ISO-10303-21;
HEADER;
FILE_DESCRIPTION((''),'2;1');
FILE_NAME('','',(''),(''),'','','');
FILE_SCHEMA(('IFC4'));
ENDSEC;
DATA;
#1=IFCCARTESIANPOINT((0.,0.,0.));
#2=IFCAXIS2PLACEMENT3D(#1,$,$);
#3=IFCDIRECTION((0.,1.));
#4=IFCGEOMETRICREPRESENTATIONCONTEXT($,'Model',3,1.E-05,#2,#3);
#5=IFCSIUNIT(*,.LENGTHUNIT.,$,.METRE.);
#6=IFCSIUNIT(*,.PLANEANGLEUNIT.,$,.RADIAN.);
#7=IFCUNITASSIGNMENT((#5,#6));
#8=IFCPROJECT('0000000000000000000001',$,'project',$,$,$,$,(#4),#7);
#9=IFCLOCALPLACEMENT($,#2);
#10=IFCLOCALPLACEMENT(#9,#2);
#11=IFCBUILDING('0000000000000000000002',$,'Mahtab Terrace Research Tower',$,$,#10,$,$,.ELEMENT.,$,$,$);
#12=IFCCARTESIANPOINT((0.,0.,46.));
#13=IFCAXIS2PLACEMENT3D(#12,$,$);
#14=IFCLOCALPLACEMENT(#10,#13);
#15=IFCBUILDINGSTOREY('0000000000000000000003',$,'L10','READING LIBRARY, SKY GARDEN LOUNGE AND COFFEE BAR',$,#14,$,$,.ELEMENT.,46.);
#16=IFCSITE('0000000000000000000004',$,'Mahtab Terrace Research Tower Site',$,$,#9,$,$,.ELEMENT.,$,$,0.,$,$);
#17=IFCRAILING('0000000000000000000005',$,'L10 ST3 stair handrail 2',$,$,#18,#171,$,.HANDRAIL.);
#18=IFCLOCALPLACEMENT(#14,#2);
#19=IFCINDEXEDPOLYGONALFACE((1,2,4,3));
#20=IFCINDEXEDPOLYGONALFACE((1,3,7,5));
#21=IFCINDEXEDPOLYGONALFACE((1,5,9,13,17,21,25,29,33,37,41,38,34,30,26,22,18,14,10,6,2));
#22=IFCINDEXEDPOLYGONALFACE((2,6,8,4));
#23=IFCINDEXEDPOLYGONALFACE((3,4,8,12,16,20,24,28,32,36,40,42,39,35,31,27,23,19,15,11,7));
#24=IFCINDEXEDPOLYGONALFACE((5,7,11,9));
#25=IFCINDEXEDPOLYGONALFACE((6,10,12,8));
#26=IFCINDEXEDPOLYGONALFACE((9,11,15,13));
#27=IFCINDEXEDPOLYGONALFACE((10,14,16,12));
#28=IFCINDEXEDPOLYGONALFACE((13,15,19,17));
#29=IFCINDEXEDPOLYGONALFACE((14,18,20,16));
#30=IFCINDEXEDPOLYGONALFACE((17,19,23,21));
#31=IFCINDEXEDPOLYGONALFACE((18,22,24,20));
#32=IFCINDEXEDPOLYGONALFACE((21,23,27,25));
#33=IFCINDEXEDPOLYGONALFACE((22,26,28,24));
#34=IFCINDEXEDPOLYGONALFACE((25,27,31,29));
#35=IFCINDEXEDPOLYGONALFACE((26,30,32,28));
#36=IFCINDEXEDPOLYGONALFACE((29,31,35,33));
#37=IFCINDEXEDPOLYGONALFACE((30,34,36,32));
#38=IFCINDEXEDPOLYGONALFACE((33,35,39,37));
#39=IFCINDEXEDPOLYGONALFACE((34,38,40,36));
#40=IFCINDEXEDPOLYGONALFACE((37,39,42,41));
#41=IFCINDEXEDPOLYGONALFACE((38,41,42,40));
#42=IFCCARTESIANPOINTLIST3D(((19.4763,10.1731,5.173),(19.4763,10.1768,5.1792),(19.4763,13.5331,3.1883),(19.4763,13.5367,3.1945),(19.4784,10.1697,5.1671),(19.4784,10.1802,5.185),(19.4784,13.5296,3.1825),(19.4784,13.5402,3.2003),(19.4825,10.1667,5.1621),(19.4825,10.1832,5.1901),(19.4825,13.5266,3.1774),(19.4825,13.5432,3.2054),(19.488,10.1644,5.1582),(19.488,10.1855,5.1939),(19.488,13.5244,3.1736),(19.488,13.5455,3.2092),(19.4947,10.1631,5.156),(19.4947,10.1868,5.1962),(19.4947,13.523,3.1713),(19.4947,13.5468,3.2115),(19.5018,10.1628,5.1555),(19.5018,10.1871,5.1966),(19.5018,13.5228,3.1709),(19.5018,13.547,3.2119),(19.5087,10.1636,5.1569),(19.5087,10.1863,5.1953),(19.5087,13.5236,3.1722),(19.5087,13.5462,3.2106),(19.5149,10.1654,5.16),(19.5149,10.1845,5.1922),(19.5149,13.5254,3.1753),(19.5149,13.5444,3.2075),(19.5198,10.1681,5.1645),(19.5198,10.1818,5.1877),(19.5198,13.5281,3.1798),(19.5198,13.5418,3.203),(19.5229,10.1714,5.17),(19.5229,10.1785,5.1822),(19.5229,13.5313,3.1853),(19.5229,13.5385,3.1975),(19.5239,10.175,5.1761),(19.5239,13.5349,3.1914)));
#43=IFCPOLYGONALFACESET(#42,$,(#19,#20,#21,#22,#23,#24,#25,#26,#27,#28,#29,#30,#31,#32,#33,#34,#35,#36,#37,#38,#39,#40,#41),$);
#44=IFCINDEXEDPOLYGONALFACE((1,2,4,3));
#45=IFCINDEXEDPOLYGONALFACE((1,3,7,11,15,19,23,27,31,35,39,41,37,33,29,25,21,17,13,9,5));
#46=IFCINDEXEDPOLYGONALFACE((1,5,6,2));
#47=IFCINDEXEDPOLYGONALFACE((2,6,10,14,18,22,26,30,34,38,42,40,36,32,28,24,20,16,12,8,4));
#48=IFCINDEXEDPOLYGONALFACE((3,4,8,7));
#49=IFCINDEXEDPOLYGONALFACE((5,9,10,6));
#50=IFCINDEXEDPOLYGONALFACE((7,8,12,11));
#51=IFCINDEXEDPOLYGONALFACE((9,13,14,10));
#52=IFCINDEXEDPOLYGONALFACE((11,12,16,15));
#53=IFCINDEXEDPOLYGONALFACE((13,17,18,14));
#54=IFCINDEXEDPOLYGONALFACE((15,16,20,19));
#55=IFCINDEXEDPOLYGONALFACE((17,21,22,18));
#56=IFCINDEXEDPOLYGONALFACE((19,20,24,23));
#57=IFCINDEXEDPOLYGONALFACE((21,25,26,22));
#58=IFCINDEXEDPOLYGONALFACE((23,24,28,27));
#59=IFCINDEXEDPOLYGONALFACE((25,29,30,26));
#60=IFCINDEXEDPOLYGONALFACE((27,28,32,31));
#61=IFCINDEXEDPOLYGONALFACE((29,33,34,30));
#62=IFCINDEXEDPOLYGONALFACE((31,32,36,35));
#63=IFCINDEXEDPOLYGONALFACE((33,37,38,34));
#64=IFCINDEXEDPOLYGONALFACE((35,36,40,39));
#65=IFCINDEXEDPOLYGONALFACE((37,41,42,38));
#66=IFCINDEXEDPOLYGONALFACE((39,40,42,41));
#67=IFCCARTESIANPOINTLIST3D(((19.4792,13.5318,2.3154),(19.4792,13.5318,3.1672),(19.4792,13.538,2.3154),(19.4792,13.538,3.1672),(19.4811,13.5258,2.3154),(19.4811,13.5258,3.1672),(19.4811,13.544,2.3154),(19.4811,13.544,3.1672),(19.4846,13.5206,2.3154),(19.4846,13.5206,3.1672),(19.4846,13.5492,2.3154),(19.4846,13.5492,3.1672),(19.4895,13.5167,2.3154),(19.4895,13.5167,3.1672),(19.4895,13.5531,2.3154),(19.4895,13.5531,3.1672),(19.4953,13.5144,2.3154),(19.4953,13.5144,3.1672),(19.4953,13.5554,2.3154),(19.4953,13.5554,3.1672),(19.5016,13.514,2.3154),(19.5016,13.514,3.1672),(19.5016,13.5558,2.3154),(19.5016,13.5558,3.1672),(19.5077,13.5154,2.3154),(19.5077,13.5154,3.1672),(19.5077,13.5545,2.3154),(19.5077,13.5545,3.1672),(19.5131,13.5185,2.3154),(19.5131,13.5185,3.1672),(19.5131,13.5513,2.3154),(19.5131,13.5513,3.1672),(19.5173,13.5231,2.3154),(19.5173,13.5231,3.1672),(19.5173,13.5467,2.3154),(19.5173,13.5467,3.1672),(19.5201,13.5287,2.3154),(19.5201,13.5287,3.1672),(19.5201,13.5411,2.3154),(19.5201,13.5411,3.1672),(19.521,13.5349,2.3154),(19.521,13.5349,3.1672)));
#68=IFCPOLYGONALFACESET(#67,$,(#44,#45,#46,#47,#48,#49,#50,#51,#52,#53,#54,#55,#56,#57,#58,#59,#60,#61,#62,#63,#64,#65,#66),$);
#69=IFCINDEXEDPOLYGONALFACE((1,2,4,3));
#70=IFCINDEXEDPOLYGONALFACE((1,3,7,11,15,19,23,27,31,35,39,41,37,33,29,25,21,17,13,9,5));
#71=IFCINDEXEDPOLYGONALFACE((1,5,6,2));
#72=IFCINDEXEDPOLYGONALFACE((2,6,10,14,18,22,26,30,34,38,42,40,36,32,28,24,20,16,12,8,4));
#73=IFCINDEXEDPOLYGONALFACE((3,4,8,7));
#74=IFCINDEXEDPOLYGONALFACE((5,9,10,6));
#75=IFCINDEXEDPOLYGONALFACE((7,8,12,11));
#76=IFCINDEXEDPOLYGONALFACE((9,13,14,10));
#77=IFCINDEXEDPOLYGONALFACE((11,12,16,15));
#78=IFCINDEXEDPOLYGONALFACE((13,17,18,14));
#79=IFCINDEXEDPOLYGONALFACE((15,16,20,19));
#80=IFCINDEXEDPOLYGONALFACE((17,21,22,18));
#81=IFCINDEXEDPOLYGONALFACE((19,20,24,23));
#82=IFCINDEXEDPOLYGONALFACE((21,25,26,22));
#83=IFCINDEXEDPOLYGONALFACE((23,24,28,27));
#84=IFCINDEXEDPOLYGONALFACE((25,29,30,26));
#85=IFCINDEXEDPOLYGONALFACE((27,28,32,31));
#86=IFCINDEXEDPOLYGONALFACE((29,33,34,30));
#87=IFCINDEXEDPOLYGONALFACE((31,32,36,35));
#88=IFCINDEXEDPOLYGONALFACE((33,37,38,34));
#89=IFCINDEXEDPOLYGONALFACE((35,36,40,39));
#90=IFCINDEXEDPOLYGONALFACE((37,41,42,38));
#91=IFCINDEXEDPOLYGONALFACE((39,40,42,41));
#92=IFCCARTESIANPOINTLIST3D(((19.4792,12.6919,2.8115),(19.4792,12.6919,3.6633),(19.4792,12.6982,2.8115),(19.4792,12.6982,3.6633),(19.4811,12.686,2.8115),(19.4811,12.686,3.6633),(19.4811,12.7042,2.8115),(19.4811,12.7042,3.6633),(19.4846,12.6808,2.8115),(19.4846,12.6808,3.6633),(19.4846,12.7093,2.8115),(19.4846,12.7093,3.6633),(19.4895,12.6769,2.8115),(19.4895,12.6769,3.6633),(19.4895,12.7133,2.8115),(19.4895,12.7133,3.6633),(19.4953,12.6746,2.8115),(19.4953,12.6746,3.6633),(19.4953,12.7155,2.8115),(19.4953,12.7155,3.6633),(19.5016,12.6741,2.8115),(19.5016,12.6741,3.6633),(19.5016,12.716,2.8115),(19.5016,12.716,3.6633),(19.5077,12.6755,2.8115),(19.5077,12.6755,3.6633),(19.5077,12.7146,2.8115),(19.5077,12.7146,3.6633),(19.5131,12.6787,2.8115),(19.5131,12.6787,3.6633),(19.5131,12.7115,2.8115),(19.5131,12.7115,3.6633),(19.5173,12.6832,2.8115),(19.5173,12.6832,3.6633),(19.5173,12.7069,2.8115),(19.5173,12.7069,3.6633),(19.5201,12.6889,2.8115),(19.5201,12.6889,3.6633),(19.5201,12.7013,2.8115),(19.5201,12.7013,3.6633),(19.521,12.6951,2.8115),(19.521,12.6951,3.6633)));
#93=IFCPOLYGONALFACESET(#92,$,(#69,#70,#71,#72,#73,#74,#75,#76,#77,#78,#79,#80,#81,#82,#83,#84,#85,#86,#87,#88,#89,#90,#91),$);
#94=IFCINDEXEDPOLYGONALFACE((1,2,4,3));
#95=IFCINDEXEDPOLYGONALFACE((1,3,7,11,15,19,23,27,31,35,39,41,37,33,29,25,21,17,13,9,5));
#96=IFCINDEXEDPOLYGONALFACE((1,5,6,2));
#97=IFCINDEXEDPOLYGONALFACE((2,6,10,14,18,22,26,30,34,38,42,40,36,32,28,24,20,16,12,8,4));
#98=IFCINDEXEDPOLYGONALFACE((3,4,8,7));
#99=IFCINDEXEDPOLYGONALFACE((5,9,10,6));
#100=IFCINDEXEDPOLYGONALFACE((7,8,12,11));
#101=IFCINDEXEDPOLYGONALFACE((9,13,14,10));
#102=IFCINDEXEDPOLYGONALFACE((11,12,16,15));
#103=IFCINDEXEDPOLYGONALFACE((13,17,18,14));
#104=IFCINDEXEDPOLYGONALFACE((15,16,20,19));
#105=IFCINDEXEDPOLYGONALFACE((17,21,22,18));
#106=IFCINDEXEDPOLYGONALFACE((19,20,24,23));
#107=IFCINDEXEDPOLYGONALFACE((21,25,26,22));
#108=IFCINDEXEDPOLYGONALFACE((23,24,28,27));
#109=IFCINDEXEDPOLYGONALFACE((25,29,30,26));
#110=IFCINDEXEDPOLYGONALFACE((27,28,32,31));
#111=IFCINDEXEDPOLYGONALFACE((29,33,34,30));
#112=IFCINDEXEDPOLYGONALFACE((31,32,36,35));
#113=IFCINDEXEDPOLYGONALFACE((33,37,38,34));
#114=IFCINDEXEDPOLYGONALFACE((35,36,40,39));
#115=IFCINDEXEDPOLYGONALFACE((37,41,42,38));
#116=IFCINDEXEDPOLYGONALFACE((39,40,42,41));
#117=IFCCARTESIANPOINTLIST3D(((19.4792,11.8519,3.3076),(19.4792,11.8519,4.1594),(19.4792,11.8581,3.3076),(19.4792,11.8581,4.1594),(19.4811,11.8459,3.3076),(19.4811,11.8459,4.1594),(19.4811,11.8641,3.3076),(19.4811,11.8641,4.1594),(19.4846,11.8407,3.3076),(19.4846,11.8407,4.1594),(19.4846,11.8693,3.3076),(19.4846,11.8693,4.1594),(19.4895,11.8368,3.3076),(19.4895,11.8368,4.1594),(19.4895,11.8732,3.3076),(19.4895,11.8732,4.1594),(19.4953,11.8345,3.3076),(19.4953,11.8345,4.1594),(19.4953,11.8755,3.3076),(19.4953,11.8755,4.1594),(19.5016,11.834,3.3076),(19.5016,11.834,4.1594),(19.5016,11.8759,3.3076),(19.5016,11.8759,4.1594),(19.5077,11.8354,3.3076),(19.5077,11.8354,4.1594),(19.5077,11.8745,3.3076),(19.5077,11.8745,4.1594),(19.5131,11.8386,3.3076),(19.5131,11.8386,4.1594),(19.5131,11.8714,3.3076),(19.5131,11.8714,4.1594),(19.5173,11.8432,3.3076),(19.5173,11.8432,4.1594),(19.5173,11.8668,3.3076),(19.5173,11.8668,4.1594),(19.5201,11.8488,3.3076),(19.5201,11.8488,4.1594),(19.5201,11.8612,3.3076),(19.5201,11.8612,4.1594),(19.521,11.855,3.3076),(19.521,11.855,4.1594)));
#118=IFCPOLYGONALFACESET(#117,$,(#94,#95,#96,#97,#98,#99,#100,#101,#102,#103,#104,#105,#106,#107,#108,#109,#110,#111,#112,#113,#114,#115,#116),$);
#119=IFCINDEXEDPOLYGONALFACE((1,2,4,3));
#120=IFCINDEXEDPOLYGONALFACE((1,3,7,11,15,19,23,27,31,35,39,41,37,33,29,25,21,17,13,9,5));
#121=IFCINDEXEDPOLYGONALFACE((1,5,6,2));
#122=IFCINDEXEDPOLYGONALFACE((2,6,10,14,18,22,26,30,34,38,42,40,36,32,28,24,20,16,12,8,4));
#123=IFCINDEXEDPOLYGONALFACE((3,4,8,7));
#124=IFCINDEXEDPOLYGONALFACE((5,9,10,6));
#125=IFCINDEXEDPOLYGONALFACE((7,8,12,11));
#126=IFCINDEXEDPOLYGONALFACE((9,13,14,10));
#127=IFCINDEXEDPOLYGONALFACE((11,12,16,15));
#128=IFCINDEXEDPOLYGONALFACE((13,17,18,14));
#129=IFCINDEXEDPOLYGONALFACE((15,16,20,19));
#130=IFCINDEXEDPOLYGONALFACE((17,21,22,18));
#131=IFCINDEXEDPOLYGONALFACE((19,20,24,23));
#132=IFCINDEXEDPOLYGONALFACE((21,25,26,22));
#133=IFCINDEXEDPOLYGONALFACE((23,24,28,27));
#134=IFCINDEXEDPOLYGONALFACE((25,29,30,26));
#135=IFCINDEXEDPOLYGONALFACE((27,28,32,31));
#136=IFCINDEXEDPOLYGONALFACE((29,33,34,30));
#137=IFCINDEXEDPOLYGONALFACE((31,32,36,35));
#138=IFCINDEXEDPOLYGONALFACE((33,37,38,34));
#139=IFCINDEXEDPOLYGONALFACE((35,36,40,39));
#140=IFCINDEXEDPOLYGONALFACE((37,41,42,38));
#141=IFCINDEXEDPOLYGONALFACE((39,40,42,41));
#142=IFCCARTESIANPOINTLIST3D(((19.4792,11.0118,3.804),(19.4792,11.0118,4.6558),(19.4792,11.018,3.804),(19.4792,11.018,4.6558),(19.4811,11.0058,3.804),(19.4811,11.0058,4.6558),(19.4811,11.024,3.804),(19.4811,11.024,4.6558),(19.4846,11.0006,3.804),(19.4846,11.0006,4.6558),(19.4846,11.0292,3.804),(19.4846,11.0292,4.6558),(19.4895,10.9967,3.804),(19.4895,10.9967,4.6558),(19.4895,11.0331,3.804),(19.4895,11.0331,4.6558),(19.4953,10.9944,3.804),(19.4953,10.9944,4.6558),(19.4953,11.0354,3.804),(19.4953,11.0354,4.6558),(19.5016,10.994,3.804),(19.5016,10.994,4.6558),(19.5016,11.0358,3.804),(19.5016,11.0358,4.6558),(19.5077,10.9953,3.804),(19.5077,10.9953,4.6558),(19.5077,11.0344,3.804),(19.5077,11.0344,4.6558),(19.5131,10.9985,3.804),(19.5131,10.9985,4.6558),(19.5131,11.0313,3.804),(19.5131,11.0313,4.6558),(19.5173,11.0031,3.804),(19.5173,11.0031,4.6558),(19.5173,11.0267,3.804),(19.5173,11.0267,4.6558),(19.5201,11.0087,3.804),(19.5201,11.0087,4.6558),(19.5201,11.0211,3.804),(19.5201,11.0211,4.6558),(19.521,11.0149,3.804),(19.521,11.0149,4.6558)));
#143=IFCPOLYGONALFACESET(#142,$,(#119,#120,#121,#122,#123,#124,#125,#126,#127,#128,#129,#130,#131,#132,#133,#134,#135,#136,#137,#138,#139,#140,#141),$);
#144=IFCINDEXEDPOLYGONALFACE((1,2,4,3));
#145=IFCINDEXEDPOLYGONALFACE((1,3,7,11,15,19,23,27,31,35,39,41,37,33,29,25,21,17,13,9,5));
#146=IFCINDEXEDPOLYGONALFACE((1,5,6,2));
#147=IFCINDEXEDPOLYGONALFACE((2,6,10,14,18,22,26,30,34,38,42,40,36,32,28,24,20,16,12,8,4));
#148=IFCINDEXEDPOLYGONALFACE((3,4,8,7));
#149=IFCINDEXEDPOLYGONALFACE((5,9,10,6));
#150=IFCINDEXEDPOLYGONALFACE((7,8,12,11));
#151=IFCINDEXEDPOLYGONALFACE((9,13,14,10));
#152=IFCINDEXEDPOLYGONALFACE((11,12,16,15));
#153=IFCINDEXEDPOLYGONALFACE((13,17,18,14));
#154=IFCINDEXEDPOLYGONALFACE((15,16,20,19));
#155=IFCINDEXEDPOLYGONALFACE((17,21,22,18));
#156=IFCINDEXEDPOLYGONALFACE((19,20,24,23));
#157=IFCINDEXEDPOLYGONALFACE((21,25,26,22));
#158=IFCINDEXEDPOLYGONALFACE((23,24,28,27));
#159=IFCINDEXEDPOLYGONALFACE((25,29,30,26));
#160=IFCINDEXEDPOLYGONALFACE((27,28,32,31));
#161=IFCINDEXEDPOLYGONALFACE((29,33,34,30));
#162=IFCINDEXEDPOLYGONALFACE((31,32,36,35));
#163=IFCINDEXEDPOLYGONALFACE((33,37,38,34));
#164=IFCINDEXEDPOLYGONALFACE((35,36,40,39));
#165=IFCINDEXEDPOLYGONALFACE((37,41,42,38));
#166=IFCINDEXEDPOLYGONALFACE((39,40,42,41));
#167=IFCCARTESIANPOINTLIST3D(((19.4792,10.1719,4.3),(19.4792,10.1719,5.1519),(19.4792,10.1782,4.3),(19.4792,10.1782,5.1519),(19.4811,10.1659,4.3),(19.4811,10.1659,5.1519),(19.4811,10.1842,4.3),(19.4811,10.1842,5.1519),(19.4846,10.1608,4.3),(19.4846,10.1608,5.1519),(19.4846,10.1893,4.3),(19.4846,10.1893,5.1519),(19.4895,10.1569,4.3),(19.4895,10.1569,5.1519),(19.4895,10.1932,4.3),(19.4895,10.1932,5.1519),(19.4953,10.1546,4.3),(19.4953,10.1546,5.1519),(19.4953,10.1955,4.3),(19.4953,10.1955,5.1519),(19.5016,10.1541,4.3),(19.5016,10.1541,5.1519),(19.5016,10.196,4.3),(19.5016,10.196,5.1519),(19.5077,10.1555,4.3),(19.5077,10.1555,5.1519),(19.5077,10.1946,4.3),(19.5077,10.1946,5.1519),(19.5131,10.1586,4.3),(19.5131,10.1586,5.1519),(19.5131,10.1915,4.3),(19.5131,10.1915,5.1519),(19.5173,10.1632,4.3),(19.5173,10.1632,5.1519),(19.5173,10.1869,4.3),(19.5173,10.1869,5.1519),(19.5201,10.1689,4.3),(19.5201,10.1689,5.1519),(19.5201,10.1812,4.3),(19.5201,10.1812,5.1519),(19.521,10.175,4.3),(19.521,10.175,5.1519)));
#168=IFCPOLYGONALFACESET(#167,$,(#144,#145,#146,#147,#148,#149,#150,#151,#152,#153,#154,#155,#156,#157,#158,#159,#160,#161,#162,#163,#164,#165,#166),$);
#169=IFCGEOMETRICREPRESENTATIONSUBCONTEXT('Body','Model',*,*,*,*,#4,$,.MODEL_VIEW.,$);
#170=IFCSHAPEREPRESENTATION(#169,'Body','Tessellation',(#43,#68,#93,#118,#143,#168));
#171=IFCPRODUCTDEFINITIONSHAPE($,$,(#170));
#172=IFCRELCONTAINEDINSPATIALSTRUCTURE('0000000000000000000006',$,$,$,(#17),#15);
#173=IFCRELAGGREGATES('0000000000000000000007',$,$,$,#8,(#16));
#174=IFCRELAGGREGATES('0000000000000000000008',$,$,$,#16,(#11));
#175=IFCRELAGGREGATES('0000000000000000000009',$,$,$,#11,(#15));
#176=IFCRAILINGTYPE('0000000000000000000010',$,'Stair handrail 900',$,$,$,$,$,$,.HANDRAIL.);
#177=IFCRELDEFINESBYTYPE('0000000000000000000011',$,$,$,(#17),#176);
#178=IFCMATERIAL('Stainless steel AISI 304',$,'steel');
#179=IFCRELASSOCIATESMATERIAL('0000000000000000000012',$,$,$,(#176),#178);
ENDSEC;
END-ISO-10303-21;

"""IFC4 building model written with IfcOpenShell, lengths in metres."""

from ifc_helpers import new_model, si_unit, direction, frame, origin, origin_2d, place, context, subcontext, project, spatial, circle, extrude, material, type_object, element, save


model = new_model("IFC4")

# Units and contexts
model_context = context("Model", 3, precision=1e-05, world=origin(), true_north=direction((0.0, 1.0)))
body_context = subcontext(model_context, "Body", "Model", "MODEL_VIEW")
ifc_project = project(units=[si_unit("LENGTHUNIT", "METRE"), si_unit("PLANEANGLEUNIT", "RADIAN")], contexts=[model_context])

# Site, building, storey
site_placement = place(None, origin())
site = spatial("IfcSite", under=ifc_project, at=site_placement, Name="Mahtab Terrace Research Tower Site", CompositionType="ELEMENT", RefElevation=0.0)
building_placement = place(site_placement, origin())
building = spatial("IfcBuilding", under=site, at=building_placement, Name="Mahtab Terrace Research Tower", CompositionType="ELEMENT")
storey_placement = place(building_placement, frame((0.0, 0.0, 46.0)))
storey = spatial("IfcBuildingStorey", under=building, at=storey_placement, Name="L10", Description="READING LIBRARY, SKY GARDEN LOUNGE AND COFFEE BAR", CompositionType="ELEMENT", Elevation=46.0)

# Railing
ifc_material_1 = material(Name="Stainless steel AISI 304", Category="steel")
railing_type_1 = type_object("IfcRailingType", Name="Stair handrail 900", PredefinedType="HANDRAIL", material=ifc_material_1)
railing_1_placement = place(storey_placement, frame((19.5, 13.5349, 2.3154)))
element("IfcRailing", 1, at=railing_1_placement, inside=storey, type_object=railing_type_1, Name="L10 ST3 stair handrail 2", PredefinedType="HANDRAIL", context=body_context, shape_type="SweptSolid", body=[
    extrude(circle(Radius=0.0239, at=origin_2d()), frame((0.0, 0.0, 0.876), z_axis=(0.0, -0.861011, 0.508586), x_axis=(1.0, 0.0, 0.0)), (0.0, 0.0, 1.0), 3.9023),
    extrude(circle(Radius=0.021, at=origin_2d()), origin(), (0.0, 0.0, 1.0), 0.8518),
    extrude(circle(Radius=0.021, at=origin_2d()), frame((0.0, -0.8398, 0.4961)), (0.0, 0.0, 1.0), 0.8518),
    extrude(circle(Radius=0.021, at=origin_2d()), frame((0.0, -1.6799, 0.9922)), (0.0, 0.0, 1.0), 0.8518),
    extrude(circle(Radius=0.021, at=origin_2d()), frame((0.0, -2.52, 1.4885)), (0.0, 0.0, 1.0), 0.8518),
    extrude(circle(Radius=0.021, at=origin_2d()), frame((0.0, -3.3599, 1.9846)), (0.0, 0.0, 1.0), 0.8518),
])

save(model, "model.ifc")
